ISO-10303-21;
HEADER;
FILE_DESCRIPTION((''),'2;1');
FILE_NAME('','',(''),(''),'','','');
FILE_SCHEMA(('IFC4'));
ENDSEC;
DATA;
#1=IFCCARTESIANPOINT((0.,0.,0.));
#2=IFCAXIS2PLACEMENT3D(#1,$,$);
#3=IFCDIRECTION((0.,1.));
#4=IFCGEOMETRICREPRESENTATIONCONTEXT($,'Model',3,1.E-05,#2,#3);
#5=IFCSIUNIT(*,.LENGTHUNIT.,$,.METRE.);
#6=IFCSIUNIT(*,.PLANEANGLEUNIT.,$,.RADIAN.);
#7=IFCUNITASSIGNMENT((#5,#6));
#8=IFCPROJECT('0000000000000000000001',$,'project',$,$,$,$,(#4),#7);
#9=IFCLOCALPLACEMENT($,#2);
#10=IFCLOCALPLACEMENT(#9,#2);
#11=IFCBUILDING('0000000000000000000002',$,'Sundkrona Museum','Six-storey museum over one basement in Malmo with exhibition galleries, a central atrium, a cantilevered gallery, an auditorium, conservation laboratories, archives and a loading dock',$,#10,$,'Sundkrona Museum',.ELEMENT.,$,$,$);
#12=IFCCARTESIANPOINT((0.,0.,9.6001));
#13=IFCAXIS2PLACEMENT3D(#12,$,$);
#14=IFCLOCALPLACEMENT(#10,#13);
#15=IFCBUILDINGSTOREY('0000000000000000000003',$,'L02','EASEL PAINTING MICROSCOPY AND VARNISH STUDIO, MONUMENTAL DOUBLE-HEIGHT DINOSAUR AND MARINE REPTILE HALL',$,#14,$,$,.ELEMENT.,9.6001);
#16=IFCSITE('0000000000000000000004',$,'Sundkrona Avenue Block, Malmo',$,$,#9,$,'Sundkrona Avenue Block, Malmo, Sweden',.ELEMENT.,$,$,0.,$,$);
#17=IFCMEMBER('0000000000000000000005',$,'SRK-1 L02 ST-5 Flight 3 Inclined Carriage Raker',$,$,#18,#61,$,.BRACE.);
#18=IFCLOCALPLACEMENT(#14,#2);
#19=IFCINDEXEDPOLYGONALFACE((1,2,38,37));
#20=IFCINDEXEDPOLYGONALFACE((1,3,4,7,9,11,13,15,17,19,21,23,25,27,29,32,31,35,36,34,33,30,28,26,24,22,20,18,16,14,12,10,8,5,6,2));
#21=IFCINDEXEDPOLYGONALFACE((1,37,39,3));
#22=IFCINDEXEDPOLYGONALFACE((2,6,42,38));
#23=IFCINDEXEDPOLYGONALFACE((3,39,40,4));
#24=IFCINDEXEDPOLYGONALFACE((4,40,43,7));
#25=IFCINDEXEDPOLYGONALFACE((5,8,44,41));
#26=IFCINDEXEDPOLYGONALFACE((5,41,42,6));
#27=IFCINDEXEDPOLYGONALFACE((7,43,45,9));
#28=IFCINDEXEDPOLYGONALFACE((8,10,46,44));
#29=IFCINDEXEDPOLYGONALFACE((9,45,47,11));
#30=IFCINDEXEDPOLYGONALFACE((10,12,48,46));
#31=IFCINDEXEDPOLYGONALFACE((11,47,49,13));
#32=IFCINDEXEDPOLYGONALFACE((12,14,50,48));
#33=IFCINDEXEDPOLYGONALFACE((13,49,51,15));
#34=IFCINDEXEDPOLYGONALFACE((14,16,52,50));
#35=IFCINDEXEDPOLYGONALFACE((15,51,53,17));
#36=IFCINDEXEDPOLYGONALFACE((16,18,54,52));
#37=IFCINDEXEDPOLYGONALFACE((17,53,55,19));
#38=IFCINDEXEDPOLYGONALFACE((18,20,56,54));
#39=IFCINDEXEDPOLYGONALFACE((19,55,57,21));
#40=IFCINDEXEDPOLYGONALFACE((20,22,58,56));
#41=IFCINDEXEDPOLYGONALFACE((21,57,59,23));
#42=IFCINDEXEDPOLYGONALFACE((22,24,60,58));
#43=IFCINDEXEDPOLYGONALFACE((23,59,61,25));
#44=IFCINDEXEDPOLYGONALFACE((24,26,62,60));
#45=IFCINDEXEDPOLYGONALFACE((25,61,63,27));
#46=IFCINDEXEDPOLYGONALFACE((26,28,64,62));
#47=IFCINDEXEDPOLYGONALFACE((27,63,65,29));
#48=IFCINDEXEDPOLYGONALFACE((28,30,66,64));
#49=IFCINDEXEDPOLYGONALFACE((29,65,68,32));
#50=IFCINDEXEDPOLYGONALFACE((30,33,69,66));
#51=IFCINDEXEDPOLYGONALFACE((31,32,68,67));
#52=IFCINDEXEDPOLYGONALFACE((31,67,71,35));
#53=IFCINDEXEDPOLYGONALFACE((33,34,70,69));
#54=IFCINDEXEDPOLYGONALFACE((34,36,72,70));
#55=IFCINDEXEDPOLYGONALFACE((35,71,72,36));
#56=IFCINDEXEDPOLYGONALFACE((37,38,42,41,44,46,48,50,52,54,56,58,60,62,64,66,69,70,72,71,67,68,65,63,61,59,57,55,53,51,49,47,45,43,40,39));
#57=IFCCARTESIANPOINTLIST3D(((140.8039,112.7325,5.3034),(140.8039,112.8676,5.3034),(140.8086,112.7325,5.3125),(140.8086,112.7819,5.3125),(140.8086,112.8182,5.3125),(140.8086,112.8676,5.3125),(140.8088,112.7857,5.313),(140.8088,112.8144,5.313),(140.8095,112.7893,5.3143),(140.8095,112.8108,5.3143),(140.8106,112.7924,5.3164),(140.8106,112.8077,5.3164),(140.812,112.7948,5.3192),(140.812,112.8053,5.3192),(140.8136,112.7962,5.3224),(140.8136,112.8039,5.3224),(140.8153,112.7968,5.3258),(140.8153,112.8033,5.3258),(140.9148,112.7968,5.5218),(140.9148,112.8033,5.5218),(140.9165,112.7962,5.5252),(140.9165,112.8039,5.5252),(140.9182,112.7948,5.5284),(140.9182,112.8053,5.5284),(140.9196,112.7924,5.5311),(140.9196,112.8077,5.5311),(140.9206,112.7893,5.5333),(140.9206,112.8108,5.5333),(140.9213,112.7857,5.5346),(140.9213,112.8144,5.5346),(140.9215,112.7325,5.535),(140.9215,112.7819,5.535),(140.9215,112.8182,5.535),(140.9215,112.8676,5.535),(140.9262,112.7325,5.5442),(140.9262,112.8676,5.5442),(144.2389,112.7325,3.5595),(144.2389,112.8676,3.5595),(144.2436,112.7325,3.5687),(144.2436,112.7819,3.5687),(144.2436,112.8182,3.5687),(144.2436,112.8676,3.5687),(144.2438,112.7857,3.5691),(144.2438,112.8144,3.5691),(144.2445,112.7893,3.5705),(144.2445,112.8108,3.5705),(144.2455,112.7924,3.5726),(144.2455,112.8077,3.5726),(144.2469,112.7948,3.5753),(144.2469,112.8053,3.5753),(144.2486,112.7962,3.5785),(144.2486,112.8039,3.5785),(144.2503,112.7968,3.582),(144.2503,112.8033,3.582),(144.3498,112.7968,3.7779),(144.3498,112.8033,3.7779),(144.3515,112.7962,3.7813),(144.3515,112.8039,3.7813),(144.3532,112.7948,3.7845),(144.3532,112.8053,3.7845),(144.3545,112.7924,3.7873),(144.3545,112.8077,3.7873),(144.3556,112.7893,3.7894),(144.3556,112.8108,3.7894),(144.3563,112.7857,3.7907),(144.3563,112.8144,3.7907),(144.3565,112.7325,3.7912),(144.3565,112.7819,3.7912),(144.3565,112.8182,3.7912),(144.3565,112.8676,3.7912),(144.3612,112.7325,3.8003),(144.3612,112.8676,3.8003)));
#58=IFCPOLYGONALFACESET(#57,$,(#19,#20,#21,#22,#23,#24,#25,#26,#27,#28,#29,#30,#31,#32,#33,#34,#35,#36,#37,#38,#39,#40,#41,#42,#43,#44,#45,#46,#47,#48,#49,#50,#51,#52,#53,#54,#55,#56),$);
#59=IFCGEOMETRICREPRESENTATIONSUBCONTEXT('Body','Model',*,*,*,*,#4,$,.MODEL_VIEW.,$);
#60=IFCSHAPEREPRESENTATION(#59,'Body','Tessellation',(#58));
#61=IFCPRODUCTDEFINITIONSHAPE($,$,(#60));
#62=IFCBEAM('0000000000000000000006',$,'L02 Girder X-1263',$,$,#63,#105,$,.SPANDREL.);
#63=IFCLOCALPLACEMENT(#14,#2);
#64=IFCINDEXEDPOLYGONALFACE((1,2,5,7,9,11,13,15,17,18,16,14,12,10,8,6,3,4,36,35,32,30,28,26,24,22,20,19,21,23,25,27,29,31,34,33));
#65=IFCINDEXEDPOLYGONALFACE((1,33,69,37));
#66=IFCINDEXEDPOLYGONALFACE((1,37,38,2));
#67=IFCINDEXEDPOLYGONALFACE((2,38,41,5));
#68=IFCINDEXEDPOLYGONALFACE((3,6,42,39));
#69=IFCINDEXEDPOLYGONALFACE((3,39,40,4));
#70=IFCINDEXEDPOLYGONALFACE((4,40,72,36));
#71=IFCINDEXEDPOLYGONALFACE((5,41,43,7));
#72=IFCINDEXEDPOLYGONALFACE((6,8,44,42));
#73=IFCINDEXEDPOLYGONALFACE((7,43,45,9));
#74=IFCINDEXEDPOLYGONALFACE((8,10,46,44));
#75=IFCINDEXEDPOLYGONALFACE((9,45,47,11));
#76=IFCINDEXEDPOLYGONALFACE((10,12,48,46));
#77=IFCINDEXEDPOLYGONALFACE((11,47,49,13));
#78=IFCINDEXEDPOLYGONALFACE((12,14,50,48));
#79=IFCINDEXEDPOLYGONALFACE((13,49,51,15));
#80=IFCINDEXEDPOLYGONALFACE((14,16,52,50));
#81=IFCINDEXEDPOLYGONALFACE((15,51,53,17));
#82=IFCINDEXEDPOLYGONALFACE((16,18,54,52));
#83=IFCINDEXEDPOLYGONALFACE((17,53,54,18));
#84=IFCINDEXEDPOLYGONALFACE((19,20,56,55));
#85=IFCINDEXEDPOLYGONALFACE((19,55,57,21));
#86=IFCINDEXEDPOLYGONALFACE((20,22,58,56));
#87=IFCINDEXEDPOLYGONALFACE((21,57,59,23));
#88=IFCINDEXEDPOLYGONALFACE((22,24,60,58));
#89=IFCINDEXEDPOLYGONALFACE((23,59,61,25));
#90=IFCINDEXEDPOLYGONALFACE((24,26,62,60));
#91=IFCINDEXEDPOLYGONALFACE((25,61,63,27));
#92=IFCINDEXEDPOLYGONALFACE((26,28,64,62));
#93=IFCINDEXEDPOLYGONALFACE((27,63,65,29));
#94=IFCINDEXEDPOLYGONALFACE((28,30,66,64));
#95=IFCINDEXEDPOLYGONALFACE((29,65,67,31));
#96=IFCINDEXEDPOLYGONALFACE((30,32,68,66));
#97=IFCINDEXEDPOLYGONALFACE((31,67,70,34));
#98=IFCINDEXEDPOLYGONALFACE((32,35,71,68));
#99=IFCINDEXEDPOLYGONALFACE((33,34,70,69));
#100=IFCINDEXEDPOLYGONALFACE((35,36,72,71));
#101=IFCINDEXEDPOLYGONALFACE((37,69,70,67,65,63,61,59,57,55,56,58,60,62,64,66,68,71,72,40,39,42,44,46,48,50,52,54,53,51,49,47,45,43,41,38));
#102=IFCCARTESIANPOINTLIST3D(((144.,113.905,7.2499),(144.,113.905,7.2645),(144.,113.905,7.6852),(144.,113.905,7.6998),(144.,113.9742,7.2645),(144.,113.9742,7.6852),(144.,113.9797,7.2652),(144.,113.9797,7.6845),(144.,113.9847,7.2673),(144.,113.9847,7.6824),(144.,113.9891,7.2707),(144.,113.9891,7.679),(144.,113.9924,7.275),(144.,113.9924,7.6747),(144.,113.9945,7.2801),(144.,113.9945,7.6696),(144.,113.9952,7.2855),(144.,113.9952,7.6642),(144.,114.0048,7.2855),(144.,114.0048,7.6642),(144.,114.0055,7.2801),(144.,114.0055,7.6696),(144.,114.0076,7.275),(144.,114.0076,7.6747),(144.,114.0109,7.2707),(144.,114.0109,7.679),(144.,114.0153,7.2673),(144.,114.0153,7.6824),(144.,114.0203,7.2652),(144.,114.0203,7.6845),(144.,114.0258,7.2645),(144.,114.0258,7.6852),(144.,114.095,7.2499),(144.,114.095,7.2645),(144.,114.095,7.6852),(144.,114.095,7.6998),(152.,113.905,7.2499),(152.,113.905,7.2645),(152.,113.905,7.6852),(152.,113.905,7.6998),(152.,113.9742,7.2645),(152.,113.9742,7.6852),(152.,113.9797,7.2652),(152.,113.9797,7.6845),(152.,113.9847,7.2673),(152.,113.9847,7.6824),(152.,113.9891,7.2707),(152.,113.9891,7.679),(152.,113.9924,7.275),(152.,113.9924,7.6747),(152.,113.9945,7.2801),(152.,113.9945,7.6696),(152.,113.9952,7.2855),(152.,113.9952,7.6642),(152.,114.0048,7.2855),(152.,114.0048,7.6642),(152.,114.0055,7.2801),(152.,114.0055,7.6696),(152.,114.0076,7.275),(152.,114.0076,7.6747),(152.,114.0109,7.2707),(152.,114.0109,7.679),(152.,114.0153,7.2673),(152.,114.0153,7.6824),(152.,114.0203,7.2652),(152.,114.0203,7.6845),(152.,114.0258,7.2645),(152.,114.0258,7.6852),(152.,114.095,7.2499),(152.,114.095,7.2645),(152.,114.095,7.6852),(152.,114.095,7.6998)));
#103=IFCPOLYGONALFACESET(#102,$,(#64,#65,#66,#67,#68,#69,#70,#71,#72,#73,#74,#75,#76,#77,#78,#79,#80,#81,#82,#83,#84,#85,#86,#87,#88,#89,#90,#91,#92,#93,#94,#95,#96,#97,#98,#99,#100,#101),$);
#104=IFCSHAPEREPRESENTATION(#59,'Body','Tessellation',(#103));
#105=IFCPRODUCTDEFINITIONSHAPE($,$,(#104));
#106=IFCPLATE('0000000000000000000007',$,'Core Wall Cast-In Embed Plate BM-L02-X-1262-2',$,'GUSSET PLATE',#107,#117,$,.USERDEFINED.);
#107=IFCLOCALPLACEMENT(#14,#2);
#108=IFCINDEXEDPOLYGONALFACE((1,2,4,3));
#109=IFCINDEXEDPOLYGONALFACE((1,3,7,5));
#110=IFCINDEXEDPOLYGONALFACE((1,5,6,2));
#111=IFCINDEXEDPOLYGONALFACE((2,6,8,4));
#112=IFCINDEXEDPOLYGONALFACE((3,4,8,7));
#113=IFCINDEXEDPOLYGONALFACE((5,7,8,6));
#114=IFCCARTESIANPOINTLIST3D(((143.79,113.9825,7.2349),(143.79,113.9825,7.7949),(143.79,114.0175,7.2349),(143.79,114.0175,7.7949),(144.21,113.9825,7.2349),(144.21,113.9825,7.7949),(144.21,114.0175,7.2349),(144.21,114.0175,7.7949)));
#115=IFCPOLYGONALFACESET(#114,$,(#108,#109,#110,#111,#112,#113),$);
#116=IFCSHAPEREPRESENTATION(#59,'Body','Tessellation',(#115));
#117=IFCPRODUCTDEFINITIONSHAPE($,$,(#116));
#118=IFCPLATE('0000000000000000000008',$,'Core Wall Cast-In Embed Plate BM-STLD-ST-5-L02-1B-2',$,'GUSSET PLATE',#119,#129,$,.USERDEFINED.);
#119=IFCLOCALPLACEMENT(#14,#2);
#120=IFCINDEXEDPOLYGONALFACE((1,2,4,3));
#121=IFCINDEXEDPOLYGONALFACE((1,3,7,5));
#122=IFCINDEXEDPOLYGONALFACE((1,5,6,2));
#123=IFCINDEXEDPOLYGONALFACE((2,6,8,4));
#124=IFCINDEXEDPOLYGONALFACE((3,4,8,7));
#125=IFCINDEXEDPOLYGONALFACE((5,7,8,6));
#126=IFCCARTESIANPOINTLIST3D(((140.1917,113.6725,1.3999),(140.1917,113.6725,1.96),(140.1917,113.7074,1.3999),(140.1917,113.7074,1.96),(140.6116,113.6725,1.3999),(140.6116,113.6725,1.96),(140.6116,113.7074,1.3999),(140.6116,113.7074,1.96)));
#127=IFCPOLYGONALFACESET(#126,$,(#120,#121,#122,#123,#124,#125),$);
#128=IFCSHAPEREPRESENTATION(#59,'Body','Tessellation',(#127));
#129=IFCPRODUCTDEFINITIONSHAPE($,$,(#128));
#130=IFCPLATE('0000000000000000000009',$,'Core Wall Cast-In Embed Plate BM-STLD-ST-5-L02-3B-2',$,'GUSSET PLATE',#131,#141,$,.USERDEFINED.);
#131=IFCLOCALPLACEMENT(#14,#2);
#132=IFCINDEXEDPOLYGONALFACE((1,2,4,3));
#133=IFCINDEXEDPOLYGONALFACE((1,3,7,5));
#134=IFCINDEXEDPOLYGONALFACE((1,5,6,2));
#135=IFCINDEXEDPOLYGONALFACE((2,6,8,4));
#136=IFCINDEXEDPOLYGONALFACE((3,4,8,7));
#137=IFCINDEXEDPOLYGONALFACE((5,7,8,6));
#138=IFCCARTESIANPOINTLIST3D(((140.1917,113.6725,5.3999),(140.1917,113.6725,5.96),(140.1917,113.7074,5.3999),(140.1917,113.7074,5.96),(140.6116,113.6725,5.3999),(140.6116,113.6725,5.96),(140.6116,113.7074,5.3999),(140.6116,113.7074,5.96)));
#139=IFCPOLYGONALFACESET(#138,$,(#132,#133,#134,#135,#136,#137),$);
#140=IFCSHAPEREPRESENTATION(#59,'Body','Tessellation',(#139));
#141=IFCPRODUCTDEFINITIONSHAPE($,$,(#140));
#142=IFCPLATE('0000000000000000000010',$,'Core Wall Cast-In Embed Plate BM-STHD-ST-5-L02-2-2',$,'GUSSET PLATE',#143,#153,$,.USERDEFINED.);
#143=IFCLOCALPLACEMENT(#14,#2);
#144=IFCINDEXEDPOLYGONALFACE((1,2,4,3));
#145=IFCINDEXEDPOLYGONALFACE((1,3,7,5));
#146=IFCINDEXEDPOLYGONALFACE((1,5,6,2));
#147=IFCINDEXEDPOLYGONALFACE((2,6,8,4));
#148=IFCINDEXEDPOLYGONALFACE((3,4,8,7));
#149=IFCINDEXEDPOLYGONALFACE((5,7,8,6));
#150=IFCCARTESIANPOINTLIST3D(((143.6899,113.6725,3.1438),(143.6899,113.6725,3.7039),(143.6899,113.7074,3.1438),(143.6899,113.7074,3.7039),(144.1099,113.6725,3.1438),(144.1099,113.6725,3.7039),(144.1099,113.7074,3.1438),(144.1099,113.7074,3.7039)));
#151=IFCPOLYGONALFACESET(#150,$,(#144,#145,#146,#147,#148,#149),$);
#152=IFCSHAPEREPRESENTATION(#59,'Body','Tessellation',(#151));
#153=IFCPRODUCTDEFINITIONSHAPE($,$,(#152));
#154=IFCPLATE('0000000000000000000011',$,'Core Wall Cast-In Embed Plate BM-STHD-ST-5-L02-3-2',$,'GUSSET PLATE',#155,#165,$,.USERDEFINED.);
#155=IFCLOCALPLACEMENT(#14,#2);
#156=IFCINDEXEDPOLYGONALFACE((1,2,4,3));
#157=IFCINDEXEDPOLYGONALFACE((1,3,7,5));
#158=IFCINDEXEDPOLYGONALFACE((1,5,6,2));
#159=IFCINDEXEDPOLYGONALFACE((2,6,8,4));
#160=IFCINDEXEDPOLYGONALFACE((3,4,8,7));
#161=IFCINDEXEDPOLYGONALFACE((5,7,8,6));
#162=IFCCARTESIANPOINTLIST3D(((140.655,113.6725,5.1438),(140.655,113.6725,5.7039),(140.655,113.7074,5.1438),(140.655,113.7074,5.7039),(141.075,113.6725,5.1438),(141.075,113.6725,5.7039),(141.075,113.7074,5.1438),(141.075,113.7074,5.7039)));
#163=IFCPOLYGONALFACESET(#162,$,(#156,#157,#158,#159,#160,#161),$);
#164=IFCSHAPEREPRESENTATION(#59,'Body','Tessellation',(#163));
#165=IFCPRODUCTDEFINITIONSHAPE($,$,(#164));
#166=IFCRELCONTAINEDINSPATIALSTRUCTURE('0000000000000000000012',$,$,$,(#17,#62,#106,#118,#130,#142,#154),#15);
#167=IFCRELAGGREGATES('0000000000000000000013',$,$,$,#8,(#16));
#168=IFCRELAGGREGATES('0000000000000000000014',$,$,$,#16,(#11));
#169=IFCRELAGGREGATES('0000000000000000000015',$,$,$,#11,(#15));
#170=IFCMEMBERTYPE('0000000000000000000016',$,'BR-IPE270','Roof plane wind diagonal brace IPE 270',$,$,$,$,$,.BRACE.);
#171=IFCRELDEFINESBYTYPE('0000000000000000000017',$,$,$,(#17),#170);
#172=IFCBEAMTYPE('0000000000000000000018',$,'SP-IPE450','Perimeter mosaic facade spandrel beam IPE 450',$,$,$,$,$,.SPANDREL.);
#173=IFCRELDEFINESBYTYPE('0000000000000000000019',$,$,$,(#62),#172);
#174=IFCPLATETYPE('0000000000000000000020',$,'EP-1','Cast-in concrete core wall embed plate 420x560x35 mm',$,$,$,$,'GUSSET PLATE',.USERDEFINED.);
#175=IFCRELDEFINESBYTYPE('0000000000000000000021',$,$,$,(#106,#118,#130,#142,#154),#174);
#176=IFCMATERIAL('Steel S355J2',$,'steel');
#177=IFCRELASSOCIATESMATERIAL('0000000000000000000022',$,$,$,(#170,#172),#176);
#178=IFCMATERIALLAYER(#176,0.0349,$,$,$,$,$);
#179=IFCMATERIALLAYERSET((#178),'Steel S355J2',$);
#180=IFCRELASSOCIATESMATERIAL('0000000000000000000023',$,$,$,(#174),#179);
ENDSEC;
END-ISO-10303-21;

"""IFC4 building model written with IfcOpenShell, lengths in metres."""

from ifc_helpers import new_model, si_unit, direction, frame, origin, origin_2d, place, context, subcontext, project, spatial, rectangle, i_section, extrude, material, layer, layer_set, material_profile, profile_set, type_object, element, save


model = new_model("IFC4")

# Units and contexts
model_context = context("Model", 3, precision=1e-05, world=origin(), true_north=direction((0.0, 1.0)))
body_context = subcontext(model_context, "Body", "Model", "MODEL_VIEW")
ifc_project = project(units=[si_unit("LENGTHUNIT", "METRE"), si_unit("PLANEANGLEUNIT", "RADIAN")], contexts=[model_context])

# Site, building, storey
site_placement = place(None, origin())
site = spatial("IfcSite", under=ifc_project, at=site_placement, Name="Sundkrona Avenue Block, Malmo", LongName="Sundkrona Avenue Block, Malmo, Sweden", CompositionType="ELEMENT", RefElevation=0.0)
building_placement = place(site_placement, origin())
building = spatial("IfcBuilding", under=site, at=building_placement, Name="Sundkrona Museum", Description="Six-storey museum over one basement in Malmo with exhibition galleries, a central atrium, a cantilevered gallery, an auditorium, conservation laboratories, archives and a loading dock", LongName="Sundkrona Museum", CompositionType="ELEMENT")
storey_placement = place(building_placement, frame((0.0, 0.0, 9.6001)))
storey = spatial("IfcBuildingStorey", under=building, at=storey_placement, Name="L02", Description="EASEL PAINTING MICROSCOPY AND VARNISH STUDIO, MONUMENTAL DOUBLE-HEIGHT DINOSAUR AND MARINE REPTILE HALL", CompositionType="ELEMENT", Elevation=9.6001)

# Member
ifc_material_1 = material(Name="Steel S355J2", Category="steel")
ifc_material_profile_1 = material_profile(ifc_material_1, i_section(OverallWidth=0.135, OverallDepth=0.27, WebThickness=0.0066, FlangeThickness=0.0103, FilletRadius=0.0149, at=origin_2d()), Name="IPE 270")
ifc_profile_set_1 = profile_set([ifc_material_profile_1], Name="Steel S355J2")
member_type = type_object("IfcMemberType", Name="BR-IPE270", Description="Roof plane wind diagonal brace IPE 270", PredefinedType="BRACE", material=ifc_profile_set_1)
member_placement = place(storey_placement, frame((144.3, 112.8, 3.6799), z_axis=(-0.891673, 0.0, 0.452681), x_axis=(0.0, -1.0, 0.0)))
element("IfcMember", 1, at=member_placement, inside=storey, type_object=member_type, Name="SRK-1 L02 ST-5 Flight 3 Inclined Carriage Raker", PredefinedType="BRACE", context=body_context, shape_type="SweptSolid", body=[
    extrude(i_section(OverallWidth=0.135, OverallDepth=0.27, WebThickness=0.0066, FlangeThickness=0.0103, FilletRadius=0.0149, at=origin_2d()), origin(), (0.0, 0.0, 1.0), 3.8523),
])

# Beam
ifc_material_profile_2 = material_profile(ifc_material_1, i_section(OverallWidth=0.1899, OverallDepth=0.45, WebThickness=0.0095, FlangeThickness=0.0146, FilletRadius=0.021, at=origin_2d()), Name="IPE 450")
ifc_profile_set_2 = profile_set([ifc_material_profile_2], Name="Steel S355J2")
beam_type = type_object("IfcBeamType", Name="SP-IPE450", Description="Perimeter mosaic facade spandrel beam IPE 450", PredefinedType="SPANDREL", material=ifc_profile_set_2)
beam_placement = place(storey_placement, frame((144.0, 114.0, 7.4749), z_axis=(1.0, 0.0, 0.0), x_axis=(0.0, 1.0, 0.0)))
element("IfcBeam", 2, at=beam_placement, inside=storey, type_object=beam_type, Name="L02 Girder X-1263", PredefinedType="SPANDREL", context=body_context, shape_type="SweptSolid", body=[
    extrude(i_section(OverallWidth=0.1899, OverallDepth=0.45, WebThickness=0.0095, FlangeThickness=0.0146, FilletRadius=0.021, at=origin_2d()), origin(), (0.0, 0.0, 1.0), 8.0),
])

# Plates
ifc_layer = layer(ifc_material_1, 0.0349)
ifc_layer_set = layer_set([ifc_layer], Name="Steel S355J2")
plate_type = type_object("IfcPlateType", Name="EP-1", Description="Cast-in concrete core wall embed plate 420x560x35 mm", ElementType="GUSSET PLATE", PredefinedType="USERDEFINED", material=ifc_layer_set)
for number, where, z_axis, x_axis, name in (
    (3, (144.0, 114.0, 7.2349), (0.0, 0.0, 1.0), (1.0, 0.0, 0.0), "Core Wall Cast-In Embed Plate BM-L02-X-1262-2"),
    (4, (140.4016, 113.6899, 1.3999), (0.0, 0.0, 1.0), (1.0, 0.0, 0.0), "Core Wall Cast-In Embed Plate BM-STLD-ST-5-L02-1B-2"),
    (5, (140.4016, 113.6899, 5.3999), (0.0, 0.0, 1.0), (1.0, 0.0, 0.0), "Core Wall Cast-In Embed Plate BM-STLD-ST-5-L02-3B-2"),
    (6, (143.8999, 113.6899, 3.1438), (0.0, 0.0, 1.0), (1.0, 0.0, 0.0), "Core Wall Cast-In Embed Plate BM-STHD-ST-5-L02-2-2"),
    (7, (140.865, 113.6899, 5.1438), (0.0, 0.0, 1.0), (1.0, 0.0, 0.0), "Core Wall Cast-In Embed Plate BM-STHD-ST-5-L02-3-2"),
):
    element("IfcPlate", number, at=place(storey_placement, frame(where, z_axis=z_axis, x_axis=x_axis)), inside=storey, type_object=plate_type, Name=name, ObjectType="GUSSET PLATE", PredefinedType="USERDEFINED", context=body_context, shape_type="SweptSolid", body=[
        extrude(rectangle(XDim=0.4199, YDim=0.0349, at=origin_2d()), origin(), (0.0, 0.0, 1.0), 0.5601),
    ])

save(model, "model.ifc")
